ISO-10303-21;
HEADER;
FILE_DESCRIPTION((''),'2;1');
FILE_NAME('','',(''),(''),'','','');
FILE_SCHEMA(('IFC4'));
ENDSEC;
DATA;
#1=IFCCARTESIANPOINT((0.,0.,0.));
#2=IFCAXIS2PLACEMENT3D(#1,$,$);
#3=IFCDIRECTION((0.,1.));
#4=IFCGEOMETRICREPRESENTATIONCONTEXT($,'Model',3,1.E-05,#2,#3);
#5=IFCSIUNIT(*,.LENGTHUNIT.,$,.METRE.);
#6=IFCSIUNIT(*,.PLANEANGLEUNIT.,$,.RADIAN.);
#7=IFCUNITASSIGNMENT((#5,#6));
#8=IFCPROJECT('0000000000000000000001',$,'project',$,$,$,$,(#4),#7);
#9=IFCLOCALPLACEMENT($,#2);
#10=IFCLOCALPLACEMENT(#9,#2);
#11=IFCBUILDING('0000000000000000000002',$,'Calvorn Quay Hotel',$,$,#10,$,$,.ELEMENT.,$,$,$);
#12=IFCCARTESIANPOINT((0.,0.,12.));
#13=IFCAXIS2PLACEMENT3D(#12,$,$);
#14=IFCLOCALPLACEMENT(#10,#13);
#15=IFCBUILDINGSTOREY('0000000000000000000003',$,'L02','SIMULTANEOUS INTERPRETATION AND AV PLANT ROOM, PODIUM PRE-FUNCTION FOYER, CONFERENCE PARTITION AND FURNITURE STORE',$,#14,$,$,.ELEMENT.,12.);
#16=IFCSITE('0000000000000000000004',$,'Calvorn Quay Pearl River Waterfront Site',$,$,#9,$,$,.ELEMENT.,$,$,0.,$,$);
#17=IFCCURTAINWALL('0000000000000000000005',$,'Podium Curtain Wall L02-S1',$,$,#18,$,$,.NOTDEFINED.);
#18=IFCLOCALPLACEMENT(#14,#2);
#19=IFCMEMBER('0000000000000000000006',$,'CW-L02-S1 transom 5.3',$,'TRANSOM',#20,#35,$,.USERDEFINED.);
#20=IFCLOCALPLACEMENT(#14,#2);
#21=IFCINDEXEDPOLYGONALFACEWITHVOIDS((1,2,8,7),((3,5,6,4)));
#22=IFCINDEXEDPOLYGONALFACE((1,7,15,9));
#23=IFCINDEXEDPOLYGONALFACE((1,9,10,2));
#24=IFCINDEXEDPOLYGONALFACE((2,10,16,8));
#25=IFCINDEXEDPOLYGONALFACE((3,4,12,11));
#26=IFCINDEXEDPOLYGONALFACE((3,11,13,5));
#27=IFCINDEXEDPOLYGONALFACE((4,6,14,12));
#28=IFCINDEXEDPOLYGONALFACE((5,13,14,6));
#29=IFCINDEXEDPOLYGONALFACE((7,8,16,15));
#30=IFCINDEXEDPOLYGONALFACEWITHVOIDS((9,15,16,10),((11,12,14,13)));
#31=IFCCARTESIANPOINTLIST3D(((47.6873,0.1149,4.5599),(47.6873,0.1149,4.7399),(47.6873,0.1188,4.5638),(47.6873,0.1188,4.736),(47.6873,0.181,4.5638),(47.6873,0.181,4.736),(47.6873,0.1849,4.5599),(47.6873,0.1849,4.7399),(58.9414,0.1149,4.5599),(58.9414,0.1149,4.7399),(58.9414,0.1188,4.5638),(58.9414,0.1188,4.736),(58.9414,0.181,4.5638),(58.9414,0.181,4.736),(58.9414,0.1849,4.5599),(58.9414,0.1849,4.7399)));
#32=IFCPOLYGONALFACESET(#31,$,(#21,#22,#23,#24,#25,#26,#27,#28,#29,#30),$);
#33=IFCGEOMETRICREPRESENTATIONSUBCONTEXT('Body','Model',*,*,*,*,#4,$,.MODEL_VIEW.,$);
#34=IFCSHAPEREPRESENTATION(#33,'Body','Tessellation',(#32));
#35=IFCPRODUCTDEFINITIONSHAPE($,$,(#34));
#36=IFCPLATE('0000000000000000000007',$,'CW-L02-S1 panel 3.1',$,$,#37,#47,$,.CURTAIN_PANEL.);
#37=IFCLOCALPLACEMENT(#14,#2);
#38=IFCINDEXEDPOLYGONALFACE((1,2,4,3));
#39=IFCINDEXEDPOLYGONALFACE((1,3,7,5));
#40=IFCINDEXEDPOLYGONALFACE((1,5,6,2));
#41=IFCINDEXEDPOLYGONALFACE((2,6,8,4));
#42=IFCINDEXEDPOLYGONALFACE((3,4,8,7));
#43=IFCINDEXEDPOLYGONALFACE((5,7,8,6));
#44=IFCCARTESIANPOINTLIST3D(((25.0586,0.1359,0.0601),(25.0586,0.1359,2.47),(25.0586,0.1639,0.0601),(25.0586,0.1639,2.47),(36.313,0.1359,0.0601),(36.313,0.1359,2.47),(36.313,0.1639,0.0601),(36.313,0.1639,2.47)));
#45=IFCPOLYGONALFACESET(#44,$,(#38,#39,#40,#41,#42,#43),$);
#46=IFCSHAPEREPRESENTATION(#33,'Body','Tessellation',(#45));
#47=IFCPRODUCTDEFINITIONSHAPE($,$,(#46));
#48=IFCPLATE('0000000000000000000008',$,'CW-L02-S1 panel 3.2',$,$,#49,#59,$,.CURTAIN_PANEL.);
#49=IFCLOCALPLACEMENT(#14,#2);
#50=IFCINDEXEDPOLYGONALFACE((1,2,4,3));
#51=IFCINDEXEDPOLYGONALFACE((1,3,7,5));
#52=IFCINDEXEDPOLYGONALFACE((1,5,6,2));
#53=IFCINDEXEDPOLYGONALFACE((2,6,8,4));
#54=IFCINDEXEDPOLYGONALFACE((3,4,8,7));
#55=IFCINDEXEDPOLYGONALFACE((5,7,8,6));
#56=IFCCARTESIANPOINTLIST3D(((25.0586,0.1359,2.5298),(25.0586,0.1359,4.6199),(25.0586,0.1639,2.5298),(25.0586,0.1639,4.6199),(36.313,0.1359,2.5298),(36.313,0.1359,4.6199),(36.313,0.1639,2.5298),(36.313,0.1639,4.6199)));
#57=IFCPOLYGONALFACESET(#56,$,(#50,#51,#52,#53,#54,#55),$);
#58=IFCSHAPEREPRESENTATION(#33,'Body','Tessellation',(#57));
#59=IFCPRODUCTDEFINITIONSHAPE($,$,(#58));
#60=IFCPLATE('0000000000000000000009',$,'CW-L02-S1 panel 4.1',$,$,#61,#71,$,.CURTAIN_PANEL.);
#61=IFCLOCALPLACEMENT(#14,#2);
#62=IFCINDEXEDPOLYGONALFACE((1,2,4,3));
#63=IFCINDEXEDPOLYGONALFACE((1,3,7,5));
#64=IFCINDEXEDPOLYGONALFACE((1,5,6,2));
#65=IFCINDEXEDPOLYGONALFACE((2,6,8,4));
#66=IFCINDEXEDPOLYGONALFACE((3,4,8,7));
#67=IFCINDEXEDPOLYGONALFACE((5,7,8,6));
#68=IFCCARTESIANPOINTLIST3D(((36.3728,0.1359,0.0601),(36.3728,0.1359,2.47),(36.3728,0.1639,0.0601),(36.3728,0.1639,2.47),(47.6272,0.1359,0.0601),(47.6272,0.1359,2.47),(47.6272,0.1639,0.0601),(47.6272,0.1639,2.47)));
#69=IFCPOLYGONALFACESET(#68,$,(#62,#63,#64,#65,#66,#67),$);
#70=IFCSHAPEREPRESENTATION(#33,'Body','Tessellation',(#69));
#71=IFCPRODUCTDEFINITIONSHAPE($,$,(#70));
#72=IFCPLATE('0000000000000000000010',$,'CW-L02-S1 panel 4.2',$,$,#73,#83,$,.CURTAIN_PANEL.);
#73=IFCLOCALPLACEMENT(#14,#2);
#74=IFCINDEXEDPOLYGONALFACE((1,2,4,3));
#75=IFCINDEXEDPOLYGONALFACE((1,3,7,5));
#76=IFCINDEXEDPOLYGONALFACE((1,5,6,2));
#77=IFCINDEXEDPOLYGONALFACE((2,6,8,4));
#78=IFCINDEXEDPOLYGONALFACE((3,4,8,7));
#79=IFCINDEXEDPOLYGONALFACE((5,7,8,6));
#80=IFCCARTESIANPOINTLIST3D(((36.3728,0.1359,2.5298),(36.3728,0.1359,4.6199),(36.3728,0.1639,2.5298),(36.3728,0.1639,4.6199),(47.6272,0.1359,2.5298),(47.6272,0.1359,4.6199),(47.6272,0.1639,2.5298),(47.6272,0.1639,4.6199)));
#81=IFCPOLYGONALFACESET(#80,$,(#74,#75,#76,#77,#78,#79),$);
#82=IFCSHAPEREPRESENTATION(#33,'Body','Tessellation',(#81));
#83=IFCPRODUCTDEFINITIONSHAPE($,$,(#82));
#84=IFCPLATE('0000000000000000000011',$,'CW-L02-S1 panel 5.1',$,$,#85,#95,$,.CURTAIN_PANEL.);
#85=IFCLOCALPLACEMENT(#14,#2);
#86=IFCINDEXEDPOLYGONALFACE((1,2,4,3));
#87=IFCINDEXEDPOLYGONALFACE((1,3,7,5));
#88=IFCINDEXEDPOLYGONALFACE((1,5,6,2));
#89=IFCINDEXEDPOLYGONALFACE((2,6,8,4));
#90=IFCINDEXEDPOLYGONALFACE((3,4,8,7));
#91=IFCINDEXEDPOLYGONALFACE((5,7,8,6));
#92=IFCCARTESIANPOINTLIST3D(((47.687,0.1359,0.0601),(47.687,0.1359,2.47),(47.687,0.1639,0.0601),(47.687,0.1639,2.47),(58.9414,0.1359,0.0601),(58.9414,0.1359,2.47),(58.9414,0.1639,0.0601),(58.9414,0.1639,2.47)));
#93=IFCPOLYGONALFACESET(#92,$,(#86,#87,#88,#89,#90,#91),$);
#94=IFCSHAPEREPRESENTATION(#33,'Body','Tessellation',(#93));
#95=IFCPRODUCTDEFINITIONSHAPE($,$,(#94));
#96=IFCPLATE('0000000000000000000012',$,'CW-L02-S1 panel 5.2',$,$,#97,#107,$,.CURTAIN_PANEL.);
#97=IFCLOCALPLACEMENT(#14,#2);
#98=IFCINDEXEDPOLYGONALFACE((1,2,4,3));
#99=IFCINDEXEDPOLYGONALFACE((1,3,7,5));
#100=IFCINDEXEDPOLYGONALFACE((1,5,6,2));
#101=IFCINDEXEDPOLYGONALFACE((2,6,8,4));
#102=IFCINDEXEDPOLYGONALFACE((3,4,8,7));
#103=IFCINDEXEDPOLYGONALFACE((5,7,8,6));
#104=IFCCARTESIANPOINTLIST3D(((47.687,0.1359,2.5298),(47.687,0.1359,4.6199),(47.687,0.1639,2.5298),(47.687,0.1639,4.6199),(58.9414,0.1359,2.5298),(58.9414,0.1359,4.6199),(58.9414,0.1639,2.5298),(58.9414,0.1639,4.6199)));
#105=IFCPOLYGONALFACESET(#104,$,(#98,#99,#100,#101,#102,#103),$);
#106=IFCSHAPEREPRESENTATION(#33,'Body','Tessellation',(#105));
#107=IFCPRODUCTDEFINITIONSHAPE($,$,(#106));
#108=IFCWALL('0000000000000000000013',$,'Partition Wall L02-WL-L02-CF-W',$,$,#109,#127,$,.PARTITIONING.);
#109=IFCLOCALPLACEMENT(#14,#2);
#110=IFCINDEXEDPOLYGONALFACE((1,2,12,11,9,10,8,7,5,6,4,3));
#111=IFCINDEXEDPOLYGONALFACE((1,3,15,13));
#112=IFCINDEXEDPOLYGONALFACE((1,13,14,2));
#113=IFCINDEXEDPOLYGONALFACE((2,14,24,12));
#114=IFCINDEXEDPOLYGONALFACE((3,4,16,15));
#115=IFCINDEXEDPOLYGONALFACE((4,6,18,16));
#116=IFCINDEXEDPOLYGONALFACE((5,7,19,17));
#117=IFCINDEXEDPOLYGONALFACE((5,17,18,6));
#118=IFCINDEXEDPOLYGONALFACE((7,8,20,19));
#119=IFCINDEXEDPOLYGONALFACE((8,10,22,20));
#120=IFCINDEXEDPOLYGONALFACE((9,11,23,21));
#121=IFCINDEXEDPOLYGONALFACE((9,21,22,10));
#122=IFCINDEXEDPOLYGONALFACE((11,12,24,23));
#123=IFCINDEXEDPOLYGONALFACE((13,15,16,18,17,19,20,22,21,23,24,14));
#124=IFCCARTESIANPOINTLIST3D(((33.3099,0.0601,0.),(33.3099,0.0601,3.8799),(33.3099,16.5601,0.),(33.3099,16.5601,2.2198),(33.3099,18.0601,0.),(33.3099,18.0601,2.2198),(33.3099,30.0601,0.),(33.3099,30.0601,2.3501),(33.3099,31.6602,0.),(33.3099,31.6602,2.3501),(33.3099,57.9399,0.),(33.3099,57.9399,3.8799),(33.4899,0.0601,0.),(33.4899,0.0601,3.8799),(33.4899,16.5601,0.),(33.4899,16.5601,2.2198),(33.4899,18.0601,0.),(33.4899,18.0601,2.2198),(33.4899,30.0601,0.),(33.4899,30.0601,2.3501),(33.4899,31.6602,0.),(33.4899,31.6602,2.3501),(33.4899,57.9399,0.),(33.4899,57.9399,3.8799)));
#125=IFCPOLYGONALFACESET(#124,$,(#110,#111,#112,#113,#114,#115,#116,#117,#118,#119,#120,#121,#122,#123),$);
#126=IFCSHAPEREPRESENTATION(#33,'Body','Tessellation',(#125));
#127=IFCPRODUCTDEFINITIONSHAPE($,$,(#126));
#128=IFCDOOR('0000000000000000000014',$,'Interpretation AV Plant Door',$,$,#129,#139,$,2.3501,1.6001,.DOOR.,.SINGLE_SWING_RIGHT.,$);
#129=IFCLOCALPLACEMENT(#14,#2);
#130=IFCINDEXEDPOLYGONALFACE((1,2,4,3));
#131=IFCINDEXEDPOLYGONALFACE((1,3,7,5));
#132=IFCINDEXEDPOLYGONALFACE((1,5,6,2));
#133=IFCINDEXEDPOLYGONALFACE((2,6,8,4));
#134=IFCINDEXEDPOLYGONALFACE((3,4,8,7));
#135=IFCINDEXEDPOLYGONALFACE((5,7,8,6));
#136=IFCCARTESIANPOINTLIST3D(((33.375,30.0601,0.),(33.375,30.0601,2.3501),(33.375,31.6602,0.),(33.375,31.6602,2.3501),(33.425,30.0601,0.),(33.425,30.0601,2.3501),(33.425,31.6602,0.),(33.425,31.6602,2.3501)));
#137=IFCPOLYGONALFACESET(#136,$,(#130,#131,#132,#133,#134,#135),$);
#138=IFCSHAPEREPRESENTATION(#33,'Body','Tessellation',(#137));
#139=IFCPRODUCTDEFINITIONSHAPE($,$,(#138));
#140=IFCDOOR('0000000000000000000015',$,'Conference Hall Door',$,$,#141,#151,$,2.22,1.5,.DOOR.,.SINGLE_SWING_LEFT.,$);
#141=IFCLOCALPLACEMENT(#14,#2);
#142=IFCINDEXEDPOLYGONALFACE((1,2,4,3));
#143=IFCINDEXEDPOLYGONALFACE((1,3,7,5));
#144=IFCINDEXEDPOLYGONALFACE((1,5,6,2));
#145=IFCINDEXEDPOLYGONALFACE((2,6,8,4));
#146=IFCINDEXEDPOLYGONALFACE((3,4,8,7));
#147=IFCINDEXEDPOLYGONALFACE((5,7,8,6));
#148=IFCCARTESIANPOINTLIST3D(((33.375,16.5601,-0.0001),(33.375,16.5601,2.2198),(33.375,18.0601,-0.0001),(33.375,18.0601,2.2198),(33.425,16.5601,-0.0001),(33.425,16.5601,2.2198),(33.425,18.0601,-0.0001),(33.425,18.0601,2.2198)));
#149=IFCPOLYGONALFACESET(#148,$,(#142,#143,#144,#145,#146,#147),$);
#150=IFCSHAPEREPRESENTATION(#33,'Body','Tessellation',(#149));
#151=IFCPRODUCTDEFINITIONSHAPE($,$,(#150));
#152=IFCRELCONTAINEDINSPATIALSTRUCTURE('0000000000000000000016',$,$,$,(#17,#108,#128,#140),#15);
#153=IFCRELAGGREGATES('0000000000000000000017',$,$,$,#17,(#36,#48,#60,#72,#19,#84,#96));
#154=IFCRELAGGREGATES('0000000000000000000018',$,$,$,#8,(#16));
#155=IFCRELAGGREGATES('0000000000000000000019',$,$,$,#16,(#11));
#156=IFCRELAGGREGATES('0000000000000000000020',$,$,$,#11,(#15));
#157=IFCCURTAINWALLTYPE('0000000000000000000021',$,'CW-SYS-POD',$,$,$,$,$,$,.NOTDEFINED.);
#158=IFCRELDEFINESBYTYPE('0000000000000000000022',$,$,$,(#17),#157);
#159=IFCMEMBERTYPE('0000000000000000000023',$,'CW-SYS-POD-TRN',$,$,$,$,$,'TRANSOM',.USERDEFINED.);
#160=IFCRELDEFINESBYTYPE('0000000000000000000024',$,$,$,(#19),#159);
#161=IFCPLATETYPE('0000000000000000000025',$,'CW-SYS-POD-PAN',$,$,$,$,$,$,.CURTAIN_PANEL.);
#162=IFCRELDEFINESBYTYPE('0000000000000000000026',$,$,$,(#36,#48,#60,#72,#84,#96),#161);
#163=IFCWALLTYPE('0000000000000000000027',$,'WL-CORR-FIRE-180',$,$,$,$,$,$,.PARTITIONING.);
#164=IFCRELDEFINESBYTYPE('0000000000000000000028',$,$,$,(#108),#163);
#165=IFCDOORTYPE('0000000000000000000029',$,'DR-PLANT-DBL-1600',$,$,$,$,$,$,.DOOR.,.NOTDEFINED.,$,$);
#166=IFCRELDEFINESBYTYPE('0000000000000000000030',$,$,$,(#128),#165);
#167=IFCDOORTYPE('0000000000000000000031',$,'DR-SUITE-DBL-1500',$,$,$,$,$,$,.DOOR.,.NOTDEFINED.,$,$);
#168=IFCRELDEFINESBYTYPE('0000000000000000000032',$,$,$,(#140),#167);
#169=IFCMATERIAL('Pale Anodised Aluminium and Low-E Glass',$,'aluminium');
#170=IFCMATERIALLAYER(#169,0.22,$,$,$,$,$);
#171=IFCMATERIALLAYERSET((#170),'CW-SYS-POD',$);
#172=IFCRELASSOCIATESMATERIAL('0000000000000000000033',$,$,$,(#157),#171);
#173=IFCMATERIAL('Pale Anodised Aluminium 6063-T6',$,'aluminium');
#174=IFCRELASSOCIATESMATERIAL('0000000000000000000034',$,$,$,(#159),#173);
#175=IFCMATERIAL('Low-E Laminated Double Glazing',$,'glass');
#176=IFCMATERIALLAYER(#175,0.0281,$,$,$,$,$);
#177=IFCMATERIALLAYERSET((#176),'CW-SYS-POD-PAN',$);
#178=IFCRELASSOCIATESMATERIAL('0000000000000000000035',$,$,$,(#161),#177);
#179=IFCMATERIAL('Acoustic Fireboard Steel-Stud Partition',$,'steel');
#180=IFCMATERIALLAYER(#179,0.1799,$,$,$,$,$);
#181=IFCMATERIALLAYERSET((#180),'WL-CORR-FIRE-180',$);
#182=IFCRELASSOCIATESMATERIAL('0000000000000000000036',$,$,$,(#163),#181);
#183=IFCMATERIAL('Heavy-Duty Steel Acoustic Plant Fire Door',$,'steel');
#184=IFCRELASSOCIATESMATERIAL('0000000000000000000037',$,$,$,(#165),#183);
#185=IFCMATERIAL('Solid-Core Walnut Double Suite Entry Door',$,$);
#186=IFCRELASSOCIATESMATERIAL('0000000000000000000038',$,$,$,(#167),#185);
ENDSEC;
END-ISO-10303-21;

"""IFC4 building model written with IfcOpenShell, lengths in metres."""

from ifc_helpers import new_model, si_unit, direction, frame, frame_2d, origin, origin_2d, place, context, subcontext, project, spatial, rectangle, hollow_rectangle, extrude, material, layer, layer_set, material_profile, profile_set, type_object, element, fill, aggregate, save


model = new_model("IFC4")

# Units and contexts
model_context = context("Model", 3, precision=1e-05, world=origin(), true_north=direction((0.0, 1.0)))
body_context = subcontext(model_context, "Body", "Model", "MODEL_VIEW")
ifc_project = project(units=[si_unit("LENGTHUNIT", "METRE"), si_unit("PLANEANGLEUNIT", "RADIAN")], contexts=[model_context])

# Site, building, storey
site_placement = place(None, origin())
site = spatial("IfcSite", under=ifc_project, at=site_placement, Name="Calvorn Quay Pearl River Waterfront Site", CompositionType="ELEMENT", RefElevation=0.0)
building_placement = place(site_placement, origin())
building = spatial("IfcBuilding", under=site, at=building_placement, Name="Calvorn Quay Hotel", CompositionType="ELEMENT")
storey_placement = place(building_placement, frame((0.0, 0.0, 12.0)))
storey = spatial("IfcBuildingStorey", under=building, at=storey_placement, Name="L02", Description="SIMULTANEOUS INTERPRETATION AND AV PLANT ROOM, PODIUM PRE-FUNCTION FOYER, CONFERENCE PARTITION AND FURNITURE STORE", CompositionType="ELEMENT", Elevation=12.0)

# Curtain wall, member, plates
ifc_material_1 = material(Name="Pale Anodised Aluminium and Low-E Glass", Category="aluminium")
ifc_layer_1 = layer(ifc_material_1, 0.22)
ifc_layer_set_1 = layer_set([ifc_layer_1], Name="CW-SYS-POD")
curtain_wall_type = type_object("IfcCurtainWallType", Name="CW-SYS-POD", PredefinedType="NOTDEFINED", material=ifc_layer_set_1)
curtain_wall_placement = place(storey_placement, origin())
curtain_wall = element("IfcCurtainWall", 1, at=curtain_wall_placement, inside=storey, type_object=curtain_wall_type, Name="Podium Curtain Wall L02-S1", PredefinedType="NOTDEFINED")
ifc_material_2 = material(Name="Pale Anodised Aluminium 6063-T6", Category="aluminium")
ifc_material_profile_1 = material_profile(ifc_material_2, hollow_rectangle(XDim=0.0701, YDim=0.1799, WallThickness=0.0039, at=origin_2d()), Name="ALU-T180x70x4")
ifc_profile_set_1 = profile_set([ifc_material_profile_1], Name="Pale Anodised Aluminium 6063-T6")
member_type_1 = type_object("IfcMemberType", Name="CW-SYS-POD-TRN", ElementType="TRANSOM", PredefinedType="USERDEFINED", material=ifc_profile_set_1)
member_1_placement = place(storey_placement, frame((47.6873, 0.1499, 4.6499), z_axis=(1.0, 0.0, 0.0), x_axis=(0.0, 1.0, 0.0)))
member_1 = element("IfcMember", 2, at=member_1_placement, type_object=member_type_1, Name="CW-L02-S1 transom 5.3", ObjectType="TRANSOM", PredefinedType="USERDEFINED", context=body_context, shape_type="SweptSolid", body=[
    extrude(hollow_rectangle(XDim=0.0701, YDim=0.1799, WallThickness=0.0039, at=origin_2d()), origin(), (0.0, 0.0, 1.0), 11.2542),
])
ifc_material_3 = material(Name="Low-E Laminated Double Glazing", Category="glass")
ifc_layer_2 = layer(ifc_material_3, 0.0281)
ifc_layer_set_2 = layer_set([ifc_layer_2], Name="CW-SYS-POD-PAN")
plate_type = type_object("IfcPlateType", Name="CW-SYS-POD-PAN", PredefinedType="CURTAIN_PANEL", material=ifc_layer_set_2)
plate_1_placement = place(storey_placement, frame((30.6858, 0.1499, 0.0601), z_axis=(0.0, 0.0, 1.0), x_axis=(1.0, 0.0, 0.0)))
plate_1 = element("IfcPlate", 3, at=plate_1_placement, type_object=plate_type, Name="CW-L02-S1 panel 3.1", PredefinedType="CURTAIN_PANEL", context=body_context, shape_type="SweptSolid", body=[
    extrude(rectangle(XDim=11.2544, YDim=0.0281, at=origin_2d()), origin(), (0.0, 0.0, 1.0), 2.4099),
])
plate_2_placement = place(storey_placement, frame((30.6858, 0.1499, 2.5298), z_axis=(0.0, 0.0, 1.0), x_axis=(1.0, 0.0, 0.0)))
plate_2 = element("IfcPlate", 4, at=plate_2_placement, type_object=plate_type, Name="CW-L02-S1 panel 3.2", PredefinedType="CURTAIN_PANEL", context=body_context, shape_type="SweptSolid", body=[
    extrude(rectangle(XDim=11.2544, YDim=0.0281, at=origin_2d()), origin(), (0.0, 0.0, 1.0), 2.0901),
])
plate_3_placement = place(storey_placement, frame((42.0, 0.1499, 0.0601), z_axis=(0.0, 0.0, 1.0), x_axis=(1.0, 0.0, 0.0)))
plate_3 = element("IfcPlate", 5, at=plate_3_placement, type_object=plate_type, Name="CW-L02-S1 panel 4.1", PredefinedType="CURTAIN_PANEL", context=body_context, shape_type="SweptSolid", body=[
    extrude(rectangle(XDim=11.2544, YDim=0.0281, at=origin_2d()), origin(), (0.0, 0.0, 1.0), 2.4099),
])
plate_4_placement = place(storey_placement, frame((42.0, 0.1499, 2.5298), z_axis=(0.0, 0.0, 1.0), x_axis=(1.0, 0.0, 0.0)))
plate_4 = element("IfcPlate", 6, at=plate_4_placement, type_object=plate_type, Name="CW-L02-S1 panel 4.2", PredefinedType="CURTAIN_PANEL", context=body_context, shape_type="SweptSolid", body=[
    extrude(rectangle(XDim=11.2544, YDim=0.0281, at=origin_2d()), origin(), (0.0, 0.0, 1.0), 2.0901),
])
plate_5_placement = place(storey_placement, frame((53.3142, 0.1499, 0.0601), z_axis=(0.0, 0.0, 1.0), x_axis=(1.0, 0.0, 0.0)))
plate_5 = element("IfcPlate", 7, at=plate_5_placement, type_object=plate_type, Name="CW-L02-S1 panel 5.1", PredefinedType="CURTAIN_PANEL", context=body_context, shape_type="SweptSolid", body=[
    extrude(rectangle(XDim=11.2544, YDim=0.0281, at=origin_2d()), origin(), (0.0, 0.0, 1.0), 2.4099),
])
plate_6_placement = place(storey_placement, frame((53.3142, 0.1499, 2.5298), z_axis=(0.0, 0.0, 1.0), x_axis=(1.0, 0.0, 0.0)))
plate_6 = element("IfcPlate", 8, at=plate_6_placement, type_object=plate_type, Name="CW-L02-S1 panel 5.2", PredefinedType="CURTAIN_PANEL", context=body_context, shape_type="SweptSolid", body=[
    extrude(rectangle(XDim=11.2544, YDim=0.0281, at=origin_2d()), origin(), (0.0, 0.0, 1.0), 2.0901),
])
aggregate(curtain_wall, [plate_1, plate_2, plate_3, plate_4, member_1, plate_5, plate_6])

# Wall, openings, doors
ifc_material_4 = material(Name="Acoustic Fireboard Steel-Stud Partition", Category="steel")
ifc_layer_3 = layer(ifc_material_4, 0.1799)
ifc_layer_set_3 = layer_set([ifc_layer_3], Name="WL-CORR-FIRE-180")
wall_type_1 = type_object("IfcWallType", Name="WL-CORR-FIRE-180", PredefinedType="PARTITIONING", material=ifc_layer_set_3)
wall_1_placement = place(storey_placement, frame((33.3999, 0.0601, 0.0), z_axis=(0.0, 0.0, 1.0), x_axis=(0.0, 1.0, 0.0)))
wall_1 = element("IfcWall", 9, at=wall_1_placement, inside=storey, type_object=wall_type_1, Name="Partition Wall L02-WL-L02-CF-W", PredefinedType="PARTITIONING", context=body_context, shape_type="SweptSolid", body=[
    extrude(rectangle(XDim=57.8799, YDim=0.1799, at=frame_2d((28.9399, 0.0))), origin(), (0.0, 0.0, 1.0), 3.8799),
])
opening_1_placement = place(wall_1_placement, frame((16.5, 0.0, 0.0)))
opening_1 = element("IfcOpeningElement", 10, at=opening_1_placement, cuts=wall_1, PredefinedType="OPENING", context=body_context, shape_type="SweptSolid", body=[
    extrude(rectangle(XDim=1.5, YDim=2.22, at=frame_2d((0.75, 1.1099))), frame((0.0, 0.0999, 0.0), z_axis=(0.0, -1.0, 0.0), x_axis=(1.0, 0.0, 0.0)), (0.0, 0.0, 1.0), 0.2),
])
opening_2_placement = place(wall_1_placement, frame((30.0, 0.0, 0.0)))
opening_2 = element("IfcOpeningElement", 11, at=opening_2_placement, cuts=wall_1, PredefinedType="OPENING", context=body_context, shape_type="SweptSolid", body=[
    extrude(rectangle(XDim=1.6001, YDim=2.3501, at=frame_2d((0.8, 1.175))), frame((0.0, 0.0999, 0.0), z_axis=(0.0, -1.0, 0.0), x_axis=(1.0, 0.0, 0.0)), (0.0, 0.0, 1.0), 0.2),
])
ifc_material_5 = material(Name="Heavy-Duty Steel Acoustic Plant Fire Door", Category="steel")
door_type_1 = type_object("IfcDoorType", Name="DR-PLANT-DBL-1600", OperationType="NOTDEFINED", PredefinedType="DOOR", material=ifc_material_5)
door_1_placement = place(opening_2_placement, origin())
door_1 = element("IfcDoor", 12, at=door_1_placement, inside=storey, type_object=door_type_1, Name="Interpretation AV Plant Door", OperationType="SINGLE_SWING_RIGHT", OverallHeight=2.3501, OverallWidth=1.6001, PredefinedType="DOOR", context=body_context, shape_type="SweptSolid", body=[
    extrude(rectangle(XDim=1.6001, YDim=2.3501, at=frame_2d((0.8, 1.175))), frame((0.0, 0.0249, 0.0), z_axis=(0.0, -1.0, 0.0), x_axis=(1.0, 0.0, 0.0)), (0.0, 0.0, 1.0), 0.05),
])
fill(opening_2, door_1)
ifc_material_6 = material(Name="Solid-Core Walnut Double Suite Entry Door")
door_type_2 = type_object("IfcDoorType", Name="DR-SUITE-DBL-1500", OperationType="NOTDEFINED", PredefinedType="DOOR", material=ifc_material_6)
door_2_placement = place(opening_1_placement, origin())
door_2 = element("IfcDoor", 13, at=door_2_placement, inside=storey, type_object=door_type_2, Name="Conference Hall Door", OperationType="SINGLE_SWING_LEFT", OverallHeight=2.22, OverallWidth=1.5, PredefinedType="DOOR", context=body_context, shape_type="SweptSolid", body=[
    extrude(rectangle(XDim=1.5, YDim=2.22, at=frame_2d((0.75, 1.1099))), frame((0.0, 0.0249, 0.0), z_axis=(0.0, -1.0, 0.0), x_axis=(1.0, 0.0, 0.0)), (0.0, 0.0, 1.0), 0.05),
])
fill(opening_1, door_2)

save(model, "model.ifc")
